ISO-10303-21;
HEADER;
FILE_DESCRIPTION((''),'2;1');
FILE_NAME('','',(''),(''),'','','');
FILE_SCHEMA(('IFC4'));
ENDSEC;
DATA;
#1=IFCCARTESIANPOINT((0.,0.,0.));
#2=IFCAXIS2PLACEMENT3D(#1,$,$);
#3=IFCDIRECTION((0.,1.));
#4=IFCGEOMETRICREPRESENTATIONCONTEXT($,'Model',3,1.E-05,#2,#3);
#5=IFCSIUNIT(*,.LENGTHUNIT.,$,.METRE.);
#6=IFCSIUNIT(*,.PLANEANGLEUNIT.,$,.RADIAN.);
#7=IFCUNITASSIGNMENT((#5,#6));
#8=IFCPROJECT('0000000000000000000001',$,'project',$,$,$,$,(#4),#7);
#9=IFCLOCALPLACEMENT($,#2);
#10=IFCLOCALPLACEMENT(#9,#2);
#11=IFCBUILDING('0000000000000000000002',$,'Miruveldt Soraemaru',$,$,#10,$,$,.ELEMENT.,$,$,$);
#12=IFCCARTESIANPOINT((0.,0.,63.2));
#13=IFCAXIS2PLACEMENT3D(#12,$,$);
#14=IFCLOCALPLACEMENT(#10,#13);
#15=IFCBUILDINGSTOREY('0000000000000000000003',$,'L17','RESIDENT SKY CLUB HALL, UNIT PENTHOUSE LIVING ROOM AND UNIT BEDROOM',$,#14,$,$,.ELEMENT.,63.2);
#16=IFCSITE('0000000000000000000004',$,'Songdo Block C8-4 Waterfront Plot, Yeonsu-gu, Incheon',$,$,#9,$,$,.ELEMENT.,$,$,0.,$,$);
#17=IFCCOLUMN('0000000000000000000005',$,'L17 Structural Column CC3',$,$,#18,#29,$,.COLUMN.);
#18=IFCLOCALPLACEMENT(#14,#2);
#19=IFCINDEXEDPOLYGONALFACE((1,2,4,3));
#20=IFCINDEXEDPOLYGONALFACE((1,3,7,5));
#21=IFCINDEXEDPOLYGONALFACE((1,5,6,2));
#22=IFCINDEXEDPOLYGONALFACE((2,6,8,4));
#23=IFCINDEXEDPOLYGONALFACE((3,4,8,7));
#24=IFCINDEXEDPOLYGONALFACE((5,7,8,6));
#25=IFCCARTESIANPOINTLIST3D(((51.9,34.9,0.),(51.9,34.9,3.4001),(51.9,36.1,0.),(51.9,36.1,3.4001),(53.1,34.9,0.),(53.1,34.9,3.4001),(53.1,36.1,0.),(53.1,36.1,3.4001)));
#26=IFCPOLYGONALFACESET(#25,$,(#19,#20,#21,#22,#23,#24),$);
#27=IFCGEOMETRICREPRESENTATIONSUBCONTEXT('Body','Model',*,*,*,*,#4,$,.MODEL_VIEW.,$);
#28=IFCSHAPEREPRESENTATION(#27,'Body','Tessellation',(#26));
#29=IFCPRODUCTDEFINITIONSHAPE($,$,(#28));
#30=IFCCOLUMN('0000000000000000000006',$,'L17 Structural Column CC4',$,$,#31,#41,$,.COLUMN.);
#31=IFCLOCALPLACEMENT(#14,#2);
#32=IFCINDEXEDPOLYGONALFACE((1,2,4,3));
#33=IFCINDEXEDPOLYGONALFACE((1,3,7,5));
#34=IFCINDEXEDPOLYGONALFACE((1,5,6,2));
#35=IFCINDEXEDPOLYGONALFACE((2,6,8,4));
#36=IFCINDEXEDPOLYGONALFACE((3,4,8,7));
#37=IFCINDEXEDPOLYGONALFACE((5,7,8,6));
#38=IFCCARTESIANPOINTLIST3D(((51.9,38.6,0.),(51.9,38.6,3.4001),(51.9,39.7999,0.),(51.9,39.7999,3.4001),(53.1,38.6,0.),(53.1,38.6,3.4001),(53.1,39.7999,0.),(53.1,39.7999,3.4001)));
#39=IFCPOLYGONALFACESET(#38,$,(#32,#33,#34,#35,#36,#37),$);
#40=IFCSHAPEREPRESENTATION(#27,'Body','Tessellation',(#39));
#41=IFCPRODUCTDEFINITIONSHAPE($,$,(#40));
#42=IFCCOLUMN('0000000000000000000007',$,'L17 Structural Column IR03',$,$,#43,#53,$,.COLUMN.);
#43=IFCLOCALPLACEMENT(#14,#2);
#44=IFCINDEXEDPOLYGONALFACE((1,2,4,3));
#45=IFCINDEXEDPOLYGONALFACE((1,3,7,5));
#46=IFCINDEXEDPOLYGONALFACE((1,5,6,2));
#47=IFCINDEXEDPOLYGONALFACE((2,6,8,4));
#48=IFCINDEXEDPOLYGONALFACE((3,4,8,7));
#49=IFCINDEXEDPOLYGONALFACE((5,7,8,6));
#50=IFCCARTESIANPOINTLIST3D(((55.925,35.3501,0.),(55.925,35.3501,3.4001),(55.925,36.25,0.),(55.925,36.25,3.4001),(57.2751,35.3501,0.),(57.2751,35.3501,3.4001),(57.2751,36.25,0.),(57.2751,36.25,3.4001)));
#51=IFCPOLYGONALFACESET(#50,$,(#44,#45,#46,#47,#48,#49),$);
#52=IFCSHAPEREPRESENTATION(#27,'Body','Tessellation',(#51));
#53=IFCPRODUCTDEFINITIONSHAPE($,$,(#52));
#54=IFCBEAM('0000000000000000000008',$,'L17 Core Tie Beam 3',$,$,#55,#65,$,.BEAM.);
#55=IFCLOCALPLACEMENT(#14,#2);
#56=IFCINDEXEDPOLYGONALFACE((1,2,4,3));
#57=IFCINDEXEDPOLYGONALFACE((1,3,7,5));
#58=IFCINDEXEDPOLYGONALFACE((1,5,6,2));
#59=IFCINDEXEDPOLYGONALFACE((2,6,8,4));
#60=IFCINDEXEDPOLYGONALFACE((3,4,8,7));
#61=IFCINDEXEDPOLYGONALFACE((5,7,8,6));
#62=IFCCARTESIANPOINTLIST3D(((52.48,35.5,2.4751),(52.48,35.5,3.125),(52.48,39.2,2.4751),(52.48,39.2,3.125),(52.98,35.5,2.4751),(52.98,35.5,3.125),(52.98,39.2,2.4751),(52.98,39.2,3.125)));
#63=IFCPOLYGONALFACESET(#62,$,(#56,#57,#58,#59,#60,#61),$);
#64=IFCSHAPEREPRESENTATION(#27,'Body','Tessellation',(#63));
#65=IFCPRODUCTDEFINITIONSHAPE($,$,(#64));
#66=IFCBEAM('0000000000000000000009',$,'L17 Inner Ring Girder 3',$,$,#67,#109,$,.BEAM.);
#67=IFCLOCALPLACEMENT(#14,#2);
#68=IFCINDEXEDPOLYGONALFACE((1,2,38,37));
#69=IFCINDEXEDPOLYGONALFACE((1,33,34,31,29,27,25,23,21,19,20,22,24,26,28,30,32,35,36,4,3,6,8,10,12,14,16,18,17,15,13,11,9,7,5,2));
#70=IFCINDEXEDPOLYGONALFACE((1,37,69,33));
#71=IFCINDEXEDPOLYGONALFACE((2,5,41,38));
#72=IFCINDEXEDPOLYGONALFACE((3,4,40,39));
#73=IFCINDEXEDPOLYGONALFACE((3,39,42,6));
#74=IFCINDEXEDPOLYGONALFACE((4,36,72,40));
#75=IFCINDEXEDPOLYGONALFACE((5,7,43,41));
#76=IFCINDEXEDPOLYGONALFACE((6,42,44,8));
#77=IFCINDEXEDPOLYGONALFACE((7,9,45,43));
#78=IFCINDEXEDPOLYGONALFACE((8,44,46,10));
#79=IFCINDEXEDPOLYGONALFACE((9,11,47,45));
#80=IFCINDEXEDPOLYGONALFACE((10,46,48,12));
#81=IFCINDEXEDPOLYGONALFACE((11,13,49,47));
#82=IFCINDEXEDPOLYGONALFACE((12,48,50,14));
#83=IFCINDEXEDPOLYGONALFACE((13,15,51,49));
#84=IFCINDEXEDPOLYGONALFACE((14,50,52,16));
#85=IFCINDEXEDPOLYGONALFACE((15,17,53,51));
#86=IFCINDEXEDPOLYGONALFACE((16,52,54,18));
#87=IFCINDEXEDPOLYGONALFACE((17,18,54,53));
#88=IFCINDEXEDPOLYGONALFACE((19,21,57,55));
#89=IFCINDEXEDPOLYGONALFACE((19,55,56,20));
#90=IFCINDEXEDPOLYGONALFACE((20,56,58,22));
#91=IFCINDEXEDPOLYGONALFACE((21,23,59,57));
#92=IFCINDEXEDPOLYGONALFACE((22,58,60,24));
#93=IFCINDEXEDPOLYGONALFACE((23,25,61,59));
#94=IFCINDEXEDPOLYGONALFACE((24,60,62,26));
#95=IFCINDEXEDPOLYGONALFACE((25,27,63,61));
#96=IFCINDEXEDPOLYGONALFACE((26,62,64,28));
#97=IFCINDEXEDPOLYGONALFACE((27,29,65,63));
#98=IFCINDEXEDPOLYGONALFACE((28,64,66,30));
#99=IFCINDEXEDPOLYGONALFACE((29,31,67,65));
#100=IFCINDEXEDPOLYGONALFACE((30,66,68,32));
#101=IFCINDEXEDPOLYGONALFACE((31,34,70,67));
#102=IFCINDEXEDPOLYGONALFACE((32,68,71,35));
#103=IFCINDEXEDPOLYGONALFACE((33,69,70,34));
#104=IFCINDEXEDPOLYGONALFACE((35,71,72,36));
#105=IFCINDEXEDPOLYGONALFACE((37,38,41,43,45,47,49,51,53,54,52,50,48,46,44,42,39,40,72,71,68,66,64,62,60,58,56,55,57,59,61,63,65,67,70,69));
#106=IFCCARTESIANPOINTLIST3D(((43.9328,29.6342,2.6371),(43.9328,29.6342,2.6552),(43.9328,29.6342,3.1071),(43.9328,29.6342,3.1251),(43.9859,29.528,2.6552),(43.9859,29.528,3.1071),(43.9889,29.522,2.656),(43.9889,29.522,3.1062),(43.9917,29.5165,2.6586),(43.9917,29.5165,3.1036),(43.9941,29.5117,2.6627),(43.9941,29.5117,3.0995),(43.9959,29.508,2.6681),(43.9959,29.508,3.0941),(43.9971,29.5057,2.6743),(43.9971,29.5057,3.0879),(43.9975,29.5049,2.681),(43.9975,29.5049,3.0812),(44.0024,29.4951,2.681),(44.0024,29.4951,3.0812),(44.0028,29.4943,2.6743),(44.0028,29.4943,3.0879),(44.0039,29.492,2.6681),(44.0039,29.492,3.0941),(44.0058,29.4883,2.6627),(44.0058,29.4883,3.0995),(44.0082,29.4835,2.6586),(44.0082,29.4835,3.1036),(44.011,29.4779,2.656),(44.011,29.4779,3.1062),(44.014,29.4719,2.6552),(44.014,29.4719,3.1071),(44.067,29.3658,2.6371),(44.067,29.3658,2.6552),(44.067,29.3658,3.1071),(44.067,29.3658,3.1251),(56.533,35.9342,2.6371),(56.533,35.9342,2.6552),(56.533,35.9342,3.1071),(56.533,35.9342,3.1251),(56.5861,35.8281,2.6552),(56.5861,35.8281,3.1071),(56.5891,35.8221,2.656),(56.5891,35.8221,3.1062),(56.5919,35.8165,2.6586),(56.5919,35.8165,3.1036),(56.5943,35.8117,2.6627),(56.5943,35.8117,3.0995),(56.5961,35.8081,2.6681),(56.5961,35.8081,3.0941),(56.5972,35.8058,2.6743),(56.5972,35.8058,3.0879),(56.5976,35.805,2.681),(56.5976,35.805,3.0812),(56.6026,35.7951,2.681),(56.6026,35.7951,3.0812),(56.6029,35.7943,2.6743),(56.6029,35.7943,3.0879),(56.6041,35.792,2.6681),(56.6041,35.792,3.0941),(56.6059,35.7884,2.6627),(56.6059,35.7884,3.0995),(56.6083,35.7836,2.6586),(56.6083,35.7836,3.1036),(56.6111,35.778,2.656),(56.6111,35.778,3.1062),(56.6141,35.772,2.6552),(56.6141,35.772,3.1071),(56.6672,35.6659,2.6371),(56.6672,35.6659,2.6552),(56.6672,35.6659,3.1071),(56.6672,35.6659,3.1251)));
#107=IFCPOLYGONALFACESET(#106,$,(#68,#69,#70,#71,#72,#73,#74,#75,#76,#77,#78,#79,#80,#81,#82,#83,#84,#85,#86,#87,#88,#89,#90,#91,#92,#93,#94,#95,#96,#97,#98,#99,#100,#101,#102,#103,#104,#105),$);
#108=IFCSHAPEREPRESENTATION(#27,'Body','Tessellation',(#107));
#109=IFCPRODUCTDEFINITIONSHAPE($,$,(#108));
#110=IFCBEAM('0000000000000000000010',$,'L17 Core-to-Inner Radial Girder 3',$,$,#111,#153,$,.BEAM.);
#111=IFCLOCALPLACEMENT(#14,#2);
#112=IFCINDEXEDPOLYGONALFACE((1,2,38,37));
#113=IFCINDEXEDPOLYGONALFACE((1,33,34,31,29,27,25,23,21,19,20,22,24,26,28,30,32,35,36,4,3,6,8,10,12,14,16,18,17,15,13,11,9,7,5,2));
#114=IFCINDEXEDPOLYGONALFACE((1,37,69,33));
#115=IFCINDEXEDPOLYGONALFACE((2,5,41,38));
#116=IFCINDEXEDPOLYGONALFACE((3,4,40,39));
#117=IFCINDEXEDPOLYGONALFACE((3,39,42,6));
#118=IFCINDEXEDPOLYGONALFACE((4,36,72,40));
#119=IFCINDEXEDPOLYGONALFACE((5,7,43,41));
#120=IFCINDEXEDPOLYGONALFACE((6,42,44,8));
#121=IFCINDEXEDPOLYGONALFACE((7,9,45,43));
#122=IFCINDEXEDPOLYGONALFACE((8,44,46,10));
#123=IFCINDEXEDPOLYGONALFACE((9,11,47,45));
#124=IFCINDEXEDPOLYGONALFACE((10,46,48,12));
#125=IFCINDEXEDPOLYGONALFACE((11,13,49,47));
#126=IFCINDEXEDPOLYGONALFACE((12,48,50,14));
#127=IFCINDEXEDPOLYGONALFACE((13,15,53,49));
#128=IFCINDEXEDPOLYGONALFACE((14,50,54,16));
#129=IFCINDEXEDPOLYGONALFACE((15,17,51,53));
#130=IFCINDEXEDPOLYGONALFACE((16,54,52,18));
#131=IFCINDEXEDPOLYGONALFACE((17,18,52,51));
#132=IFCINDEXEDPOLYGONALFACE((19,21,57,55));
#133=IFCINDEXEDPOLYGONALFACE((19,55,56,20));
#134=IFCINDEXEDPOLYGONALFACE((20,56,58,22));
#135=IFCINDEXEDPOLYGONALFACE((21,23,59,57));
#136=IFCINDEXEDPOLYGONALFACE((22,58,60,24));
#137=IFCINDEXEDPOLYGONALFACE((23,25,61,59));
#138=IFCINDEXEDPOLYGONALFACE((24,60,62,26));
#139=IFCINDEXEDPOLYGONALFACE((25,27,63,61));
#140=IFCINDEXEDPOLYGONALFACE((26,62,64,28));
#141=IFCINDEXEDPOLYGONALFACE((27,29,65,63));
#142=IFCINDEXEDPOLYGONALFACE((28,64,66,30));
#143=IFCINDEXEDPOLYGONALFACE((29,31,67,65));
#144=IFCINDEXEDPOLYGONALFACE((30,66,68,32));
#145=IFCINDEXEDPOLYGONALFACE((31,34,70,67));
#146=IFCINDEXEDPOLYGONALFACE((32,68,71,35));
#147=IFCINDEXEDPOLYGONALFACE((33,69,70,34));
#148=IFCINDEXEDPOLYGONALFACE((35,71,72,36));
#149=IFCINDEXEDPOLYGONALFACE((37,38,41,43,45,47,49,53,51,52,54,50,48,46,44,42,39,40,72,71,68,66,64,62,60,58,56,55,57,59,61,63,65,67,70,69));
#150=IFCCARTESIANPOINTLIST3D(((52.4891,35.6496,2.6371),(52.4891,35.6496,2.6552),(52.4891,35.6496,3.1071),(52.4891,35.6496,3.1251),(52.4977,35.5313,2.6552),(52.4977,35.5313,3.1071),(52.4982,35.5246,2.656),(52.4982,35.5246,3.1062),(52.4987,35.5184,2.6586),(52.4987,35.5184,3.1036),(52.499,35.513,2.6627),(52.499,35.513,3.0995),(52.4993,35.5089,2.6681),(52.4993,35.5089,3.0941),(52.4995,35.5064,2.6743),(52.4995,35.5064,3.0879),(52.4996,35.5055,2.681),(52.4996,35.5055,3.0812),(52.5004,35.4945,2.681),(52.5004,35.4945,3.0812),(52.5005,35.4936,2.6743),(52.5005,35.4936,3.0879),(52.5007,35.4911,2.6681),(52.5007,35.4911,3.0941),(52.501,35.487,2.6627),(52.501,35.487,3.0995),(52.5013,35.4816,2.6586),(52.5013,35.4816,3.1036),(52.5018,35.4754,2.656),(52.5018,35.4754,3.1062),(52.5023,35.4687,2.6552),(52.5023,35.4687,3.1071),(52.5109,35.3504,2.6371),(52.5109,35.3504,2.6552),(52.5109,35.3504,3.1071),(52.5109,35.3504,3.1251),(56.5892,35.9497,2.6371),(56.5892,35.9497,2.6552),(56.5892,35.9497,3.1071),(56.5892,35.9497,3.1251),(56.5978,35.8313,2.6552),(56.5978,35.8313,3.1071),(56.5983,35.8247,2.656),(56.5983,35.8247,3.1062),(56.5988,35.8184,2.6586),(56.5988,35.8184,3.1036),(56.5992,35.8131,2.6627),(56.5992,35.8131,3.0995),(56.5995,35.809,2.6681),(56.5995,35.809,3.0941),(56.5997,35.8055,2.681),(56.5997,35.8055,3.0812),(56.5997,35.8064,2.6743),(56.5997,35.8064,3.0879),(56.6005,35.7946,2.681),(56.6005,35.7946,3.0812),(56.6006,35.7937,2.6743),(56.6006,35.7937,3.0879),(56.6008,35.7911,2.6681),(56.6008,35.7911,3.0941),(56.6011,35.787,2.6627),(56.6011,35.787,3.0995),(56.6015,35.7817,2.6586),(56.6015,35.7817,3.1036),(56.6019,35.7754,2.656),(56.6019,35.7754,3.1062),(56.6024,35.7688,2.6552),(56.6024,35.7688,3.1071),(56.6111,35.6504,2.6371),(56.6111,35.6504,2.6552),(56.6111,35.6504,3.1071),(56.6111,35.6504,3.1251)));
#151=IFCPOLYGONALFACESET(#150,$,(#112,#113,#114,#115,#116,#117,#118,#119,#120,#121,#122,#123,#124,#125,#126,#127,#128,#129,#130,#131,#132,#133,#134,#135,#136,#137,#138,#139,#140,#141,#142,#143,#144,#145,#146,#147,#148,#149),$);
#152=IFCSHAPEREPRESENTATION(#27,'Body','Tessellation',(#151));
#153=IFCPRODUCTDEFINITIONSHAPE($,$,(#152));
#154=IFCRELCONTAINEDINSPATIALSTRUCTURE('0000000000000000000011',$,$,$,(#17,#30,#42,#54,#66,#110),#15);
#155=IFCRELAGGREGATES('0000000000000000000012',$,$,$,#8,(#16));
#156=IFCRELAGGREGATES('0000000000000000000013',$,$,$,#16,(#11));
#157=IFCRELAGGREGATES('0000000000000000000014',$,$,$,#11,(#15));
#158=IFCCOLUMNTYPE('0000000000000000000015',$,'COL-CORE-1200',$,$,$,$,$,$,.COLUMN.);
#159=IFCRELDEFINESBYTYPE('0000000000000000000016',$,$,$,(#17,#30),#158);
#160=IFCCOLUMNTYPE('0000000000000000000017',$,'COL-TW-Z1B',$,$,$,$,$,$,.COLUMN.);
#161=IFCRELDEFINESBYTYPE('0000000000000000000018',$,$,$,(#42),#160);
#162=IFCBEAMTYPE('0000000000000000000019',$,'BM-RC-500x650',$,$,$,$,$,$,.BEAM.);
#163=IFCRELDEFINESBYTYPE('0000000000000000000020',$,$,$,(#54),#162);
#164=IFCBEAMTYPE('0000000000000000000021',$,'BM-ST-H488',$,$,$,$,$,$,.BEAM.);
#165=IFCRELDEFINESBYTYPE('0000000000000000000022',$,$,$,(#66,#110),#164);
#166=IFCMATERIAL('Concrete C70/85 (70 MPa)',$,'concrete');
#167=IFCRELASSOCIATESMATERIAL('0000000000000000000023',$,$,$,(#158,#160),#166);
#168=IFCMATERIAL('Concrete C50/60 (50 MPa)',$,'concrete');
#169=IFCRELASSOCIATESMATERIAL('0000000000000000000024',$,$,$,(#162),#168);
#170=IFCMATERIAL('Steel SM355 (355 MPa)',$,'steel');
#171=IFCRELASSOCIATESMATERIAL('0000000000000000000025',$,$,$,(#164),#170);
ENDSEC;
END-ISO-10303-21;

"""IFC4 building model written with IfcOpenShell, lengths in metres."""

from ifc_helpers import new_model, si_unit, direction, frame, origin, origin_2d, place, context, subcontext, project, spatial, rectangle, i_section, extrude, material, material_profile, profile_set, type_object, element, save


model = new_model("IFC4")

# Units and contexts
model_context = context("Model", 3, precision=1e-05, world=origin(), true_north=direction((0.0, 1.0)))
body_context = subcontext(model_context, "Body", "Model", "MODEL_VIEW")
ifc_project = project(units=[si_unit("LENGTHUNIT", "METRE"), si_unit("PLANEANGLEUNIT", "RADIAN")], contexts=[model_context])

# Site, building, storey
site_placement = place(None, origin())
site = spatial("IfcSite", under=ifc_project, at=site_placement, Name="Songdo Block C8-4 Waterfront Plot, Yeonsu-gu, Incheon", CompositionType="ELEMENT", RefElevation=0.0)
building_placement = place(site_placement, origin())
building = spatial("IfcBuilding", under=site, at=building_placement, Name="Miruveldt Soraemaru", CompositionType="ELEMENT")
storey_placement = place(building_placement, frame((0.0, 0.0, 63.2)))
storey = spatial("IfcBuildingStorey", under=building, at=storey_placement, Name="L17", Description="RESIDENT SKY CLUB HALL, UNIT PENTHOUSE LIVING ROOM AND UNIT BEDROOM", CompositionType="ELEMENT", Elevation=63.2)

# Columns
ifc_material_1 = material(Name="Concrete C70/85 (70 MPa)", Category="concrete")
ifc_material_profile_1 = material_profile(ifc_material_1, rectangle(XDim=1.2, YDim=1.2, at=origin_2d()), Name="Concrete C70/85 (70 MPa)", Category="concrete")
ifc_profile_set_1 = profile_set([ifc_material_profile_1], Name="Concrete C70/85 (70 MPa)")
column_type_1 = type_object("IfcColumnType", Name="COL-CORE-1200", PredefinedType="COLUMN", material=ifc_profile_set_1)
for number, where, z_axis, x_axis, name in (
    (1, (52.5, 35.5, 0.0), (0.0, 0.0, 1.0), (1.0, 0.0, 0.0), "L17 Structural Column CC3"),
    (2, (52.5, 39.2, 0.0), (0.0, 0.0, 1.0), (1.0, 0.0, 0.0), "L17 Structural Column CC4"),
):
    element("IfcColumn", number, at=place(storey_placement, frame(where, z_axis=z_axis, x_axis=x_axis)), inside=storey, type_object=column_type_1, Name=name, PredefinedType="COLUMN", context=body_context, shape_type="SweptSolid", body=[
        extrude(rectangle(XDim=1.2, YDim=1.2, at=origin_2d()), origin(), (0.0, 0.0, 1.0), 3.4001),
    ])
ifc_material_profile_2 = material_profile(ifc_material_1, rectangle(XDim=1.3501, YDim=0.8999, at=origin_2d()), Name="Concrete C70/85 (70 MPa)", Category="concrete")
ifc_profile_set_2 = profile_set([ifc_material_profile_2], Name="Concrete C70/85 (70 MPa)")
column_type_2 = type_object("IfcColumnType", Name="COL-TW-Z1B", PredefinedType="COLUMN", material=ifc_profile_set_2)
column_placement = place(storey_placement, frame((56.6001, 35.8, 0.0), z_axis=(0.0, 0.0, 1.0), x_axis=(1.0, 0.0, 0.0)))
element("IfcColumn", 3, at=column_placement, inside=storey, type_object=column_type_2, Name="L17 Structural Column IR03", PredefinedType="COLUMN", context=body_context, shape_type="SweptSolid", body=[
    extrude(rectangle(XDim=1.3501, YDim=0.8999, at=origin_2d()), origin(), (0.0, 0.0, 1.0), 3.4001),
])

# Beams
ifc_material_2 = material(Name="Concrete C50/60 (50 MPa)", Category="concrete")
ifc_material_profile_3 = material_profile(ifc_material_2, rectangle(XDim=0.5, YDim=0.6499, at=origin_2d()), Name="Concrete C50/60 (50 MPa)", Category="concrete")
ifc_profile_set_3 = profile_set([ifc_material_profile_3], Name="Concrete C50/60 (50 MPa)")
beam_type_1 = type_object("IfcBeamType", Name="BM-RC-500x650", PredefinedType="BEAM", material=ifc_profile_set_3)
beam_1_placement = place(storey_placement, frame((52.73, 35.5, 2.8), z_axis=(0.0, 1.0, 0.0), x_axis=(-1.0, 0.0, 0.0)))
element("IfcBeam", 4, at=beam_1_placement, inside=storey, type_object=beam_type_1, Name="L17 Core Tie Beam 3", PredefinedType="BEAM", context=body_context, shape_type="SweptSolid", body=[
    extrude(rectangle(XDim=0.5, YDim=0.6499, at=origin_2d()), origin(), (0.0, 0.0, 1.0), 3.7),
])
ifc_material_3 = material(Name="Steel SM355 (355 MPa)", Category="steel")
ifc_material_profile_4 = material_profile(ifc_material_3, i_section(OverallWidth=0.3, OverallDepth=0.488, WebThickness=0.011, FlangeThickness=0.0181, FilletRadius=0.0259, at=origin_2d()), Name="Steel SM355 (355 MPa)", Category="steel")
ifc_profile_set_4 = profile_set([ifc_material_profile_4], Name="Steel SM355 (355 MPa)")
beam_type_2 = type_object("IfcBeamType", Name="BM-ST-H488", PredefinedType="BEAM", material=ifc_profile_set_4)
beam_2_placement = place(storey_placement, frame((56.6001, 35.8, 2.8811), z_axis=(-0.894427, -0.447214, 0.0), x_axis=(0.447214, -0.894427, 0.0)))
element("IfcBeam", 5, at=beam_2_placement, inside=storey, type_object=beam_type_2, Name="L17 Inner Ring Girder 3", PredefinedType="BEAM", context=body_context, shape_type="SweptSolid", body=[
    extrude(i_section(OverallWidth=0.3, OverallDepth=0.488, WebThickness=0.011, FlangeThickness=0.0181, FilletRadius=0.0259, at=origin_2d()), origin(), (0.0, 0.0, 1.0), 14.0874),
])
beam_3_placement = place(storey_placement, frame((52.5, 35.5, 2.8811), z_axis=(0.997333, 0.072986, 0.0), x_axis=(-0.072986, 0.997333, 0.0)))
element("IfcBeam", 6, at=beam_3_placement, inside=storey, type_object=beam_type_2, Name="L17 Core-to-Inner Radial Girder 3", PredefinedType="BEAM", context=body_context, shape_type="SweptSolid", body=[
    extrude(i_section(OverallWidth=0.3, OverallDepth=0.488, WebThickness=0.011, FlangeThickness=0.0181, FilletRadius=0.0259, at=origin_2d()), origin(), (0.0, 0.0, 1.0), 4.1111),
])

save(model, "model.ifc")
